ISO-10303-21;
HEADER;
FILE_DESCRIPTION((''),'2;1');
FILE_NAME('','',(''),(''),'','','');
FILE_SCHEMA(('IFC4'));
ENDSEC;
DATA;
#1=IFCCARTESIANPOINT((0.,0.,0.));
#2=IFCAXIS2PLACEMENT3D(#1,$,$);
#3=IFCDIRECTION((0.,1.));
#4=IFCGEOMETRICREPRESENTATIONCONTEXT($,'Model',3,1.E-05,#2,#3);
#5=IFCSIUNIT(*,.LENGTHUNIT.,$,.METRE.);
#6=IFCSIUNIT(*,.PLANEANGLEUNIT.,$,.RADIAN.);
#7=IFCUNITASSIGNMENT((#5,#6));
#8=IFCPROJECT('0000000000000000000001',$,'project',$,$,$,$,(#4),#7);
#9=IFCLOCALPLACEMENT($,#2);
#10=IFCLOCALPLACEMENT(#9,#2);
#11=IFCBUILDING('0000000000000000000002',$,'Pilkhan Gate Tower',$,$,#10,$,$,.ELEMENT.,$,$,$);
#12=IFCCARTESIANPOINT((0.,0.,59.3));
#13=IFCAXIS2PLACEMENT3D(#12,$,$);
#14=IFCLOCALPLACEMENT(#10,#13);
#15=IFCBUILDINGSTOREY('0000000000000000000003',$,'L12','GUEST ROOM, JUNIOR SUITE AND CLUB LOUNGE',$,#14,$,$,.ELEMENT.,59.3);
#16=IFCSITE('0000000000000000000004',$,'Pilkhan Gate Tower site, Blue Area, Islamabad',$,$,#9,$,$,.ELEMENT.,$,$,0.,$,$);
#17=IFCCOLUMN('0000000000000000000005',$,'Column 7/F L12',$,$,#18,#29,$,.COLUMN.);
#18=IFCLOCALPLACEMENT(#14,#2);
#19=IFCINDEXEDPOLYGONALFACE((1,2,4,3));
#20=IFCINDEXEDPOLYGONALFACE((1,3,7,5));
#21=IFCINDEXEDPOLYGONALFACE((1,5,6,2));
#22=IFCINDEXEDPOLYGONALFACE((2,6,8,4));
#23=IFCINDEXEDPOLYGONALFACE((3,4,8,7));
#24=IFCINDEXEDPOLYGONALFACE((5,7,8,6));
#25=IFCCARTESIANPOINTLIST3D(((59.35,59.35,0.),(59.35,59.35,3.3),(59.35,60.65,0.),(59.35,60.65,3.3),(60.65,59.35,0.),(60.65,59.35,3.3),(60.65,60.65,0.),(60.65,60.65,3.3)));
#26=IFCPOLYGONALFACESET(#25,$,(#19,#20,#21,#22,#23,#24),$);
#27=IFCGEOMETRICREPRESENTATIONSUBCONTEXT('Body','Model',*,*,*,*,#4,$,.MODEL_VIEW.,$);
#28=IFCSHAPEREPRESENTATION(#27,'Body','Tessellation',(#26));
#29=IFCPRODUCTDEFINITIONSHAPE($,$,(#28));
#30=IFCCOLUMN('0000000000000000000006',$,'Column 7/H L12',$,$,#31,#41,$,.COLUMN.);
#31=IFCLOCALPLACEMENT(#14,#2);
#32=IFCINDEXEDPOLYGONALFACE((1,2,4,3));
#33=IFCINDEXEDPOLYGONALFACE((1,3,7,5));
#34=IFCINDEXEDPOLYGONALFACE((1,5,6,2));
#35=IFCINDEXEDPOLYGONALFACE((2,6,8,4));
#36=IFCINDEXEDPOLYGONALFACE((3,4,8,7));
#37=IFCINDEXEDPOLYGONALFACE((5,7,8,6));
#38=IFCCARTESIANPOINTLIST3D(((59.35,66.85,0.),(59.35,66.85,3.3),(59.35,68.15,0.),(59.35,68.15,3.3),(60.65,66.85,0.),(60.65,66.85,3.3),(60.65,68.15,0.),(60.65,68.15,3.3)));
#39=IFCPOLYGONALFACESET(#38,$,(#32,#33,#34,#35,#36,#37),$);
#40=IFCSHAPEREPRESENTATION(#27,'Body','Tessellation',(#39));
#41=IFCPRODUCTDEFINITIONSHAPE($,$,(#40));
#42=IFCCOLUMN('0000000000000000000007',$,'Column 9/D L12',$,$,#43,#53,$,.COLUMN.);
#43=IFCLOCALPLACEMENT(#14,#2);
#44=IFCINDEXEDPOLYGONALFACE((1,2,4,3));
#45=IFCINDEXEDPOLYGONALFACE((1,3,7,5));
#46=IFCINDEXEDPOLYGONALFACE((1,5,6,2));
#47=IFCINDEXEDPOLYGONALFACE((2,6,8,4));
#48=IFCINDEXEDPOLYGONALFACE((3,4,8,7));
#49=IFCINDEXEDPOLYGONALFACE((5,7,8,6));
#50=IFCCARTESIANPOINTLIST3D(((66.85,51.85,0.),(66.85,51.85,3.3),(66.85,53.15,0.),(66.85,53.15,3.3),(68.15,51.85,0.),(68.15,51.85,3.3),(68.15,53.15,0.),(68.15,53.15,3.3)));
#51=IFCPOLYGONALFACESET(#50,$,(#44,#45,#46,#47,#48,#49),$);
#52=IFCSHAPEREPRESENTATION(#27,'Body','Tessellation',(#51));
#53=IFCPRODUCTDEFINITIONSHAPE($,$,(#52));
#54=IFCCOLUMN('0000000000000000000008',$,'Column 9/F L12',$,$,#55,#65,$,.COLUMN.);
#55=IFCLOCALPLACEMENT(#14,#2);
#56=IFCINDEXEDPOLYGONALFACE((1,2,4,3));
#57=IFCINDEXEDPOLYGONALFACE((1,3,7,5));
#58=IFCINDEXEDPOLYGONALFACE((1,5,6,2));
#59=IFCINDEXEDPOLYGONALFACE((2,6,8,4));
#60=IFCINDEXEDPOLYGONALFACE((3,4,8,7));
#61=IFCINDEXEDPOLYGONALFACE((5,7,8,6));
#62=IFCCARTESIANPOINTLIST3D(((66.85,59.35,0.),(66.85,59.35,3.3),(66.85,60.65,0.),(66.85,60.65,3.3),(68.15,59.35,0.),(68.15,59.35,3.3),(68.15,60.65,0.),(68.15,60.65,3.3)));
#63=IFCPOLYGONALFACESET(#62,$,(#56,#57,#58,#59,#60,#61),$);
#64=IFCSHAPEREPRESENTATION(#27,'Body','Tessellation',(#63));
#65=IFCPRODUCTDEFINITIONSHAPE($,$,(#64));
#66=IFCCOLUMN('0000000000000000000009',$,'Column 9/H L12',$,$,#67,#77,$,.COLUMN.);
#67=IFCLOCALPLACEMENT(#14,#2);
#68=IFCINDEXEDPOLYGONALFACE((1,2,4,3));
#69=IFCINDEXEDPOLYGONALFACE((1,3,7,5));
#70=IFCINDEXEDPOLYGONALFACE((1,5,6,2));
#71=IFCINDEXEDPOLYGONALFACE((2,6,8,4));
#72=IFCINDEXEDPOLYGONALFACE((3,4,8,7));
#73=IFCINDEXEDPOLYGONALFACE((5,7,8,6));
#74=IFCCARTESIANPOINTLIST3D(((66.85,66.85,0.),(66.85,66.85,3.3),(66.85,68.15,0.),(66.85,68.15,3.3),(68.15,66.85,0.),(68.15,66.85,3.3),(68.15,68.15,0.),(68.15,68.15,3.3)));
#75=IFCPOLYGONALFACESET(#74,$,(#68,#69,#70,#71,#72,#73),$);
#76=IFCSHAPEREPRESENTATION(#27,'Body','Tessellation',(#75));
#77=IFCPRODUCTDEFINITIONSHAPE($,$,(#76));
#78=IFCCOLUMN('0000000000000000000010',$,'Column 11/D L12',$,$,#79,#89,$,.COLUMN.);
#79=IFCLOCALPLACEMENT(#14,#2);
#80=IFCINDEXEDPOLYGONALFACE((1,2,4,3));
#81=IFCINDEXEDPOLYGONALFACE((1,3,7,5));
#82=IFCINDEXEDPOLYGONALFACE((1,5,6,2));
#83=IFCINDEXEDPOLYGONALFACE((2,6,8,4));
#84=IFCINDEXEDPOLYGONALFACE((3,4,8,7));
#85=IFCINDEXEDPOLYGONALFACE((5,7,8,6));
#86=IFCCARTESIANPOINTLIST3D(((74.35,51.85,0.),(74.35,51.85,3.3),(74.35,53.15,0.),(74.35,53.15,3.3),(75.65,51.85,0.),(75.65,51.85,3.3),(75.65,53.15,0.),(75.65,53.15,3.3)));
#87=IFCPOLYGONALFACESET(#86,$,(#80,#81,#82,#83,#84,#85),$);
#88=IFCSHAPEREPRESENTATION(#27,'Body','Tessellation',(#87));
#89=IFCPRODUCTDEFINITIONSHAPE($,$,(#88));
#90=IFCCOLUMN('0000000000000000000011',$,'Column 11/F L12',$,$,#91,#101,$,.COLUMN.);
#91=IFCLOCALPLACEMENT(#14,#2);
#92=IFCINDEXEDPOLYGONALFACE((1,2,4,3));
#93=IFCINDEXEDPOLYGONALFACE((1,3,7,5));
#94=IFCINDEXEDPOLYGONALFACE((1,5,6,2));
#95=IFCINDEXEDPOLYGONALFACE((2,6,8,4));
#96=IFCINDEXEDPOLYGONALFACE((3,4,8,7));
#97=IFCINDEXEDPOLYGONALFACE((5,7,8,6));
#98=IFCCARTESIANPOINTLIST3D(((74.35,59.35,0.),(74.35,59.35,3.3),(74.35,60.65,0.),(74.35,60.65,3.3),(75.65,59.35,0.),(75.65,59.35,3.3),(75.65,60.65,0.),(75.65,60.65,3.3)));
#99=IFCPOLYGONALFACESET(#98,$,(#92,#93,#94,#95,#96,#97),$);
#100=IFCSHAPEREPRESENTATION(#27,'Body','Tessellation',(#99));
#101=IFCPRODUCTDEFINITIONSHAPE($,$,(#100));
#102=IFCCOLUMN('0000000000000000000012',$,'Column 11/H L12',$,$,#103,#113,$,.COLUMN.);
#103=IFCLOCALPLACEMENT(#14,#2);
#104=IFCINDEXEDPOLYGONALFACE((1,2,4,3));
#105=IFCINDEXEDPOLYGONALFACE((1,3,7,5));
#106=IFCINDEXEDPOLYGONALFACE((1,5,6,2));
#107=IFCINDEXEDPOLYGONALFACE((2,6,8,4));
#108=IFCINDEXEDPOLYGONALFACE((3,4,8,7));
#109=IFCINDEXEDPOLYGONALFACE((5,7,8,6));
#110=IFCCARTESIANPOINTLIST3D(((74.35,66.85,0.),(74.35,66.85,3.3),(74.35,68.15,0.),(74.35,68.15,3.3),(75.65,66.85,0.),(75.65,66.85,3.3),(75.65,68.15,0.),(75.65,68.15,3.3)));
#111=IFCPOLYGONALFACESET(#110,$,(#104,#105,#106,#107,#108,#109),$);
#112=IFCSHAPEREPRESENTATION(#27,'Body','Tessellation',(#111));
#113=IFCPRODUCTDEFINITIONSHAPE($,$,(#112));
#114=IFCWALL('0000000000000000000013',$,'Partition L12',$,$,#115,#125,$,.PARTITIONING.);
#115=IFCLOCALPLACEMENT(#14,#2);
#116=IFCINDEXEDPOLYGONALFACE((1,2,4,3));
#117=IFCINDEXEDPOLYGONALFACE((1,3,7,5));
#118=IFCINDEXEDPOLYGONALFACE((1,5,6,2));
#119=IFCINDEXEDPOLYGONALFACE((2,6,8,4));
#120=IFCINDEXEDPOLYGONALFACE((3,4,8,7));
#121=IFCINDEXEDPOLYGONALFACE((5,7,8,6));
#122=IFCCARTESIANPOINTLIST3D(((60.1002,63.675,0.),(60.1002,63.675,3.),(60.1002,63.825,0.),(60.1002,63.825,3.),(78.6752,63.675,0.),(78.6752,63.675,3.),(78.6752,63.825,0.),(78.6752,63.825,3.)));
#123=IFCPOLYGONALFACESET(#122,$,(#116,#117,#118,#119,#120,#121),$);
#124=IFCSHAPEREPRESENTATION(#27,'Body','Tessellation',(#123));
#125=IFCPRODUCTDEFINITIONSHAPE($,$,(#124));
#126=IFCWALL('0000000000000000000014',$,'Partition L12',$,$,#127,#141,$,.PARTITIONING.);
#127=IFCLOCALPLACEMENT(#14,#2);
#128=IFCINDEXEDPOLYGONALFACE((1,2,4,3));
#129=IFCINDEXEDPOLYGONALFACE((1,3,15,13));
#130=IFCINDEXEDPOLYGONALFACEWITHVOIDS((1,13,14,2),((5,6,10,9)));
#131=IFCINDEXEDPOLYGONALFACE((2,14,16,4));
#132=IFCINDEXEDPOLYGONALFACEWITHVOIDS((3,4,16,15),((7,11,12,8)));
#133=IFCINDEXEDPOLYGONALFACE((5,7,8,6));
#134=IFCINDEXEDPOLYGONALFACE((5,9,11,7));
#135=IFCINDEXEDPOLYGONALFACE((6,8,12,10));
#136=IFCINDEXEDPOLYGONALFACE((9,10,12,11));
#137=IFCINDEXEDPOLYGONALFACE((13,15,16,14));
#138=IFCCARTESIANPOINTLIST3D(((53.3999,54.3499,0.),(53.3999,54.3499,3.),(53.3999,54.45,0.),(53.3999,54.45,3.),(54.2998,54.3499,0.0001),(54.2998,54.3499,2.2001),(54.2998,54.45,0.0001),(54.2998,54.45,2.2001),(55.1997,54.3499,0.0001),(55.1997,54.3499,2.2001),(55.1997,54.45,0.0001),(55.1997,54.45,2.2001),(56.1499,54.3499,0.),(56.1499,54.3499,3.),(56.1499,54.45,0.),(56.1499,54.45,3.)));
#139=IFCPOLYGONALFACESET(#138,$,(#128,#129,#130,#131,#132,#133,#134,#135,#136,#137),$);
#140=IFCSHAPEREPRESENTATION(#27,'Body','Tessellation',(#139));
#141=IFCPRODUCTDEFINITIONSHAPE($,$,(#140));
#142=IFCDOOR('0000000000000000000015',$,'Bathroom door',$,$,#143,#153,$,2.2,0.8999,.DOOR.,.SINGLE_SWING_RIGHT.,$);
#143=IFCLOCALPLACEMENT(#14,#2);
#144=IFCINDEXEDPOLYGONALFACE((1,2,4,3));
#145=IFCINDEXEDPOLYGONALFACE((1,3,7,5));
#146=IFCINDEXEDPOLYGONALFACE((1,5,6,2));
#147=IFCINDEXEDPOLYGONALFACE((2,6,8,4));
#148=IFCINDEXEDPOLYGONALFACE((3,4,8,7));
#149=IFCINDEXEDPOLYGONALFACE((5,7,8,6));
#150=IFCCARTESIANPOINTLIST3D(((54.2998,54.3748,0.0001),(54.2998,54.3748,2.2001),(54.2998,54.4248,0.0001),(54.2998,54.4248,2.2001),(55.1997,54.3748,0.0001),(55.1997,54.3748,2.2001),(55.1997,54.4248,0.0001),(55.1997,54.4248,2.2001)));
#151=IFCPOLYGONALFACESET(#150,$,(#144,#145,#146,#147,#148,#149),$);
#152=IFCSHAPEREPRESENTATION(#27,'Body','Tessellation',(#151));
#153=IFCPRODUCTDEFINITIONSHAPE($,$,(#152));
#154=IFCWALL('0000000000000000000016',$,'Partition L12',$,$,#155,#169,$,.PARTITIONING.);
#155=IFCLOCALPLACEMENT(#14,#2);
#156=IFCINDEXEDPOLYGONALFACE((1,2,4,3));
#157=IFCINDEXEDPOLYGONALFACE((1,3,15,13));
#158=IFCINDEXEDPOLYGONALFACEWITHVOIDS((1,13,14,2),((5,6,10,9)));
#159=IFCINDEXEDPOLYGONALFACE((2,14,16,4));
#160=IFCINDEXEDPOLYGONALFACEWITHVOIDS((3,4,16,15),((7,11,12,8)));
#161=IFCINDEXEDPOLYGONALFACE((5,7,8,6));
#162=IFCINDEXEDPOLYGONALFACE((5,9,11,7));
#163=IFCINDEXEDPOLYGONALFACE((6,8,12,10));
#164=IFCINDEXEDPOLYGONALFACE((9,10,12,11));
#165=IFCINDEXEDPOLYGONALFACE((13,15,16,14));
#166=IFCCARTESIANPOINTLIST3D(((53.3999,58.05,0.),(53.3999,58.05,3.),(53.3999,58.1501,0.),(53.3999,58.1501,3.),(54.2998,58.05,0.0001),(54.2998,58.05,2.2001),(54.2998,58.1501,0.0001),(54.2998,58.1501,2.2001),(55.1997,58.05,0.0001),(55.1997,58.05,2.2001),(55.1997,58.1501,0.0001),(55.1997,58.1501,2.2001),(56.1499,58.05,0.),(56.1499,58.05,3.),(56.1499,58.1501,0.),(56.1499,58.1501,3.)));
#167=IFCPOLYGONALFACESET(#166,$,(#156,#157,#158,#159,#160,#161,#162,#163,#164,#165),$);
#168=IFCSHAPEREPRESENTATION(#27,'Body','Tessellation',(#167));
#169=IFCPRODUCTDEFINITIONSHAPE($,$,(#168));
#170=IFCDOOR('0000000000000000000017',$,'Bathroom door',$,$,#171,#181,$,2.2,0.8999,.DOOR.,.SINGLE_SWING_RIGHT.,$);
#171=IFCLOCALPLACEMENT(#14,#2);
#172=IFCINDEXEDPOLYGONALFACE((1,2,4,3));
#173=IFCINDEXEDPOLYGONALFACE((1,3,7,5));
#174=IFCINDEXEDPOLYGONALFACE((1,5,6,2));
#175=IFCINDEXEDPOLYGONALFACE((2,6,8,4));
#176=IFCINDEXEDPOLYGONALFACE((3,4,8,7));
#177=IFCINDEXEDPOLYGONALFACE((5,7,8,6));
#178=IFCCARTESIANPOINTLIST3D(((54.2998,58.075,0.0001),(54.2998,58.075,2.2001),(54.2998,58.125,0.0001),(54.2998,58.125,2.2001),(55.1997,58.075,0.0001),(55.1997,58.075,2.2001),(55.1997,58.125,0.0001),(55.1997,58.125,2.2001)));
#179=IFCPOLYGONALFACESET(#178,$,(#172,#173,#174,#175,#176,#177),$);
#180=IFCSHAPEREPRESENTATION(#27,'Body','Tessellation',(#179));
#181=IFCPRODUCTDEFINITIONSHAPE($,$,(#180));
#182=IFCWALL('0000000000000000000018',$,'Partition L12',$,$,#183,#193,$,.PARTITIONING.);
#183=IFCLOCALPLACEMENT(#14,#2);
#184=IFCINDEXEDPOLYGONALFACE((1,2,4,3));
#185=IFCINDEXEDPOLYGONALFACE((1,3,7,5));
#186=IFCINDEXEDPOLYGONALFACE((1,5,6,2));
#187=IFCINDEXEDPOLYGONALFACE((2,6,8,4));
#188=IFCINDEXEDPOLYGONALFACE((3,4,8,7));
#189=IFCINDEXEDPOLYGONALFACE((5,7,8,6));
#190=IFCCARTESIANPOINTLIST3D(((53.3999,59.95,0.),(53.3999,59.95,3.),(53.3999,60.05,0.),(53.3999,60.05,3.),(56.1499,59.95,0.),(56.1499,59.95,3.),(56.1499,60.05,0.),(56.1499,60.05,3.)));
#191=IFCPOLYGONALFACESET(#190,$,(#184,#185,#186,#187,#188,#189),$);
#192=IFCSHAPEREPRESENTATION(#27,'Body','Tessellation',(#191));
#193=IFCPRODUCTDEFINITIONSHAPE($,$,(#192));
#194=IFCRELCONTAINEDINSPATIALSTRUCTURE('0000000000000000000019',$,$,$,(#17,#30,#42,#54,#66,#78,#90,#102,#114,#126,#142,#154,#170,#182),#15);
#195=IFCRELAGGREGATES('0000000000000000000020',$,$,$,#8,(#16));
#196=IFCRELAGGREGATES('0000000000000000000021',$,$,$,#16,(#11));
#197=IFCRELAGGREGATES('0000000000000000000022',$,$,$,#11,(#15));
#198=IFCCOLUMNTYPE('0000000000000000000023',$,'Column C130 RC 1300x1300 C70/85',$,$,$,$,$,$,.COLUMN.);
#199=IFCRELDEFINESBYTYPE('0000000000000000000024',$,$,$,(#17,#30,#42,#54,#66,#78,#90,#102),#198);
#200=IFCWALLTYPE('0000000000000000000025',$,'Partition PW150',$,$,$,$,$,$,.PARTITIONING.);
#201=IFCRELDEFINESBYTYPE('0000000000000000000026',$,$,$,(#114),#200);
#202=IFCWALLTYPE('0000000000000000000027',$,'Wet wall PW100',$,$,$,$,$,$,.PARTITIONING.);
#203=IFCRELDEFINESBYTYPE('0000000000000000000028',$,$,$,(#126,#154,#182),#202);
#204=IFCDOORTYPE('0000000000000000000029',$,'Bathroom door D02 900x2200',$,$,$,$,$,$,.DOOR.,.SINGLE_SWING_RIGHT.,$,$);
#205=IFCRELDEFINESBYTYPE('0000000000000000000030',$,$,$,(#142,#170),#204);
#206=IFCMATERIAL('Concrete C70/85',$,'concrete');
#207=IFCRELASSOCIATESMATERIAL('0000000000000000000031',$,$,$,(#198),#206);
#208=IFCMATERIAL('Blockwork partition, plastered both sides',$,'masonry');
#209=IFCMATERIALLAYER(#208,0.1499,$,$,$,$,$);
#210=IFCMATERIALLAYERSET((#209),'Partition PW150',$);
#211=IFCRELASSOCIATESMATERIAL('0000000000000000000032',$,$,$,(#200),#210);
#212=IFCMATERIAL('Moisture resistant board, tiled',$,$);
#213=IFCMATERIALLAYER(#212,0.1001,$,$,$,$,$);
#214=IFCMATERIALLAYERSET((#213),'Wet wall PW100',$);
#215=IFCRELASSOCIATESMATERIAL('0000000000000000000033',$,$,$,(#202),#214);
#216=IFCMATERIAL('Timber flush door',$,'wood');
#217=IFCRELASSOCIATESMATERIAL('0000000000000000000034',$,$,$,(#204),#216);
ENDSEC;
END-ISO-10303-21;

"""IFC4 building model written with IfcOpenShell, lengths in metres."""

from ifc_helpers import new_model, si_unit, direction, frame, frame_2d, origin, origin_2d, place, context, subcontext, project, spatial, rectangle, extrude, material, layer, layer_set, material_profile, profile_set, type_object, element, fill, save


model = new_model("IFC4")

# Units and contexts
model_context = context("Model", 3, precision=1e-05, world=origin(), true_north=direction((0.0, 1.0)))
body_context = subcontext(model_context, "Body", "Model", "MODEL_VIEW")
ifc_project = project(units=[si_unit("LENGTHUNIT", "METRE"), si_unit("PLANEANGLEUNIT", "RADIAN")], contexts=[model_context])

# Site, building, storey
site_placement = place(None, origin())
site = spatial("IfcSite", under=ifc_project, at=site_placement, Name="Pilkhan Gate Tower site, Blue Area, Islamabad", CompositionType="ELEMENT", RefElevation=0.0)
building_placement = place(site_placement, origin())
building = spatial("IfcBuilding", under=site, at=building_placement, Name="Pilkhan Gate Tower", CompositionType="ELEMENT")
storey_placement = place(building_placement, frame((0.0, 0.0, 59.3)))
storey = spatial("IfcBuildingStorey", under=building, at=storey_placement, Name="L12", Description="GUEST ROOM, JUNIOR SUITE AND CLUB LOUNGE", CompositionType="ELEMENT", Elevation=59.3)

# Columns
ifc_material_1 = material(Name="Concrete C70/85", Category="concrete")
ifc_material_profile = material_profile(ifc_material_1, rectangle(XDim=1.3, YDim=1.3, at=origin_2d()), Name="RC 1300x1300")
ifc_profile_set = profile_set([ifc_material_profile], Name="Concrete C70/85")
column_type = type_object("IfcColumnType", Name="Column C130 RC 1300x1300 C70/85", PredefinedType="COLUMN", material=ifc_profile_set)
for number, where, z_axis, x_axis, name in (
    (1, (60.0, 60.0, 0.0), (0.0, 0.0, 1.0), (1.0, 0.0, 0.0), "Column 7/F L12"),
    (2, (60.0, 67.5, 0.0), (0.0, 0.0, 1.0), (1.0, 0.0, 0.0), "Column 7/H L12"),
    (3, (67.5, 52.5, 0.0), (0.0, 0.0, 1.0), (1.0, 0.0, 0.0), "Column 9/D L12"),
    (4, (67.5, 60.0, 0.0), (0.0, 0.0, 1.0), (1.0, 0.0, 0.0), "Column 9/F L12"),
    (5, (67.5, 67.5, 0.0), (0.0, 0.0, 1.0), (1.0, 0.0, 0.0), "Column 9/H L12"),
    (6, (75.0, 52.5, 0.0), (0.0, 0.0, 1.0), (1.0, 0.0, 0.0), "Column 11/D L12"),
    (7, (75.0, 60.0, 0.0), (0.0, 0.0, 1.0), (1.0, 0.0, 0.0), "Column 11/F L12"),
    (8, (75.0, 67.5, 0.0), (0.0, 0.0, 1.0), (1.0, 0.0, 0.0), "Column 11/H L12"),
):
    element("IfcColumn", number, at=place(storey_placement, frame(where, z_axis=z_axis, x_axis=x_axis)), inside=storey, type_object=column_type, Name=name, PredefinedType="COLUMN", context=body_context, shape_type="SweptSolid", body=[
        extrude(rectangle(XDim=1.3, YDim=1.3, at=origin_2d()), origin(), (0.0, 0.0, 1.0), 3.3),
    ])

# Wall
ifc_material_2 = material(Name="Blockwork partition, plastered both sides", Category="masonry")
ifc_layer_1 = layer(ifc_material_2, 0.1499)
ifc_layer_set_1 = layer_set([ifc_layer_1], Name="Partition PW150")
wall_type_1 = type_object("IfcWallType", Name="Partition PW150", PredefinedType="PARTITIONING", material=ifc_layer_set_1)
wall_1_placement = place(storey_placement, frame((60.1001, 63.75, 0.0), z_axis=(0.0, 0.0, 1.0), x_axis=(1.0, 0.0, 0.0)))
element("IfcWall", 9, at=wall_1_placement, inside=storey, type_object=wall_type_1, Name="Partition L12", PredefinedType="PARTITIONING", context=body_context, shape_type="SweptSolid", body=[
    extrude(rectangle(XDim=18.575, YDim=0.1499, at=frame_2d((9.2876, 0.0))), origin(), (0.0, 0.0, 1.0), 3.0),
])

# Walls, openings, doors
ifc_material_3 = material(Name="Moisture resistant board, tiled")
ifc_layer_2 = layer(ifc_material_3, 0.1001)
ifc_layer_set_2 = layer_set([ifc_layer_2], Name="Wet wall PW100")
wall_type_2 = type_object("IfcWallType", Name="Wet wall PW100", PredefinedType="PARTITIONING", material=ifc_layer_set_2)
wall_2_placement = place(storey_placement, frame((53.3999, 54.3999, 0.0), z_axis=(0.0, 0.0, 1.0), x_axis=(1.0, 0.0, 0.0)))
wall_2 = element("IfcWall", 10, at=wall_2_placement, inside=storey, type_object=wall_type_2, Name="Partition L12", PredefinedType="PARTITIONING", context=body_context, shape_type="SweptSolid", body=[
    extrude(rectangle(XDim=2.75, YDim=0.1001, at=frame_2d((1.375, 0.0))), origin(), (0.0, 0.0, 1.0), 3.0),
])
opening_1_placement = place(wall_2_placement, frame((0.8999, 0.0, 0.0)))
opening_1 = element("IfcOpeningElement", 11, at=opening_1_placement, cuts=wall_2, PredefinedType="OPENING", context=body_context, shape_type="SweptSolid", body=[
    extrude(rectangle(XDim=0.8999, YDim=2.2, at=frame_2d((0.45, 1.1001))), frame((0.0, 0.0601, 0.0), z_axis=(0.0, -1.0, 0.0), x_axis=(1.0, 0.0, 0.0)), (0.0, 0.0, 1.0), 0.1201),
])
ifc_material_4 = material(Name="Timber flush door", Category="wood")
door_type = type_object("IfcDoorType", Name="Bathroom door D02 900x2200", OperationType="SINGLE_SWING_RIGHT", PredefinedType="DOOR", material=ifc_material_4)
door_1_placement = place(opening_1_placement, origin())
door_1 = element("IfcDoor", 12, at=door_1_placement, inside=storey, type_object=door_type, Name="Bathroom door", OperationType="SINGLE_SWING_RIGHT", OverallHeight=2.2, OverallWidth=0.8999, PredefinedType="DOOR", context=body_context, shape_type="SweptSolid", body=[
    extrude(rectangle(XDim=0.8999, YDim=2.2, at=frame_2d((0.45, 1.1001))), frame((0.0, 0.0249, 0.0), z_axis=(0.0, -1.0, 0.0), x_axis=(1.0, 0.0, 0.0)), (0.0, 0.0, 1.0), 0.05),
])
fill(opening_1, door_1)
wall_3_placement = place(storey_placement, frame((53.3999, 58.1001, 0.0), z_axis=(0.0, 0.0, 1.0), x_axis=(1.0, 0.0, 0.0)))
wall_3 = element("IfcWall", 13, at=wall_3_placement, inside=storey, type_object=wall_type_2, Name="Partition L12", PredefinedType="PARTITIONING", context=body_context, shape_type="SweptSolid", body=[
    extrude(rectangle(XDim=2.75, YDim=0.1001, at=frame_2d((1.375, 0.0))), origin(), (0.0, 0.0, 1.0), 3.0),
])
opening_2_placement = place(wall_3_placement, frame((0.8999, 0.0, 0.0)))
opening_2 = element("IfcOpeningElement", 14, at=opening_2_placement, cuts=wall_3, PredefinedType="OPENING", context=body_context, shape_type="SweptSolid", body=[
    extrude(rectangle(XDim=0.8999, YDim=2.2, at=frame_2d((0.45, 1.1001))), frame((0.0, 0.0601, 0.0), z_axis=(0.0, -1.0, 0.0), x_axis=(1.0, 0.0, 0.0)), (0.0, 0.0, 1.0), 0.1201),
])
door_2_placement = place(opening_2_placement, origin())
door_2 = element("IfcDoor", 15, at=door_2_placement, inside=storey, type_object=door_type, Name="Bathroom door", OperationType="SINGLE_SWING_RIGHT", OverallHeight=2.2, OverallWidth=0.8999, PredefinedType="DOOR", context=body_context, shape_type="SweptSolid", body=[
    extrude(rectangle(XDim=0.8999, YDim=2.2, at=frame_2d((0.45, 1.1001))), frame((0.0, 0.0249, 0.0), z_axis=(0.0, -1.0, 0.0), x_axis=(1.0, 0.0, 0.0)), (0.0, 0.0, 1.0), 0.05),
])
fill(opening_2, door_2)

# Wall
wall_4_placement = place(storey_placement, frame((53.3999, 60.0, 0.0), z_axis=(0.0, 0.0, 1.0), x_axis=(1.0, 0.0, 0.0)))
element("IfcWall", 16, at=wall_4_placement, inside=storey, type_object=wall_type_2, Name="Partition L12", PredefinedType="PARTITIONING", context=body_context, shape_type="SweptSolid", body=[
    extrude(rectangle(XDim=2.75, YDim=0.1001, at=frame_2d((1.375, 0.0))), origin(), (0.0, 0.0, 1.0), 3.0),
])

save(model, "model.ifc")
